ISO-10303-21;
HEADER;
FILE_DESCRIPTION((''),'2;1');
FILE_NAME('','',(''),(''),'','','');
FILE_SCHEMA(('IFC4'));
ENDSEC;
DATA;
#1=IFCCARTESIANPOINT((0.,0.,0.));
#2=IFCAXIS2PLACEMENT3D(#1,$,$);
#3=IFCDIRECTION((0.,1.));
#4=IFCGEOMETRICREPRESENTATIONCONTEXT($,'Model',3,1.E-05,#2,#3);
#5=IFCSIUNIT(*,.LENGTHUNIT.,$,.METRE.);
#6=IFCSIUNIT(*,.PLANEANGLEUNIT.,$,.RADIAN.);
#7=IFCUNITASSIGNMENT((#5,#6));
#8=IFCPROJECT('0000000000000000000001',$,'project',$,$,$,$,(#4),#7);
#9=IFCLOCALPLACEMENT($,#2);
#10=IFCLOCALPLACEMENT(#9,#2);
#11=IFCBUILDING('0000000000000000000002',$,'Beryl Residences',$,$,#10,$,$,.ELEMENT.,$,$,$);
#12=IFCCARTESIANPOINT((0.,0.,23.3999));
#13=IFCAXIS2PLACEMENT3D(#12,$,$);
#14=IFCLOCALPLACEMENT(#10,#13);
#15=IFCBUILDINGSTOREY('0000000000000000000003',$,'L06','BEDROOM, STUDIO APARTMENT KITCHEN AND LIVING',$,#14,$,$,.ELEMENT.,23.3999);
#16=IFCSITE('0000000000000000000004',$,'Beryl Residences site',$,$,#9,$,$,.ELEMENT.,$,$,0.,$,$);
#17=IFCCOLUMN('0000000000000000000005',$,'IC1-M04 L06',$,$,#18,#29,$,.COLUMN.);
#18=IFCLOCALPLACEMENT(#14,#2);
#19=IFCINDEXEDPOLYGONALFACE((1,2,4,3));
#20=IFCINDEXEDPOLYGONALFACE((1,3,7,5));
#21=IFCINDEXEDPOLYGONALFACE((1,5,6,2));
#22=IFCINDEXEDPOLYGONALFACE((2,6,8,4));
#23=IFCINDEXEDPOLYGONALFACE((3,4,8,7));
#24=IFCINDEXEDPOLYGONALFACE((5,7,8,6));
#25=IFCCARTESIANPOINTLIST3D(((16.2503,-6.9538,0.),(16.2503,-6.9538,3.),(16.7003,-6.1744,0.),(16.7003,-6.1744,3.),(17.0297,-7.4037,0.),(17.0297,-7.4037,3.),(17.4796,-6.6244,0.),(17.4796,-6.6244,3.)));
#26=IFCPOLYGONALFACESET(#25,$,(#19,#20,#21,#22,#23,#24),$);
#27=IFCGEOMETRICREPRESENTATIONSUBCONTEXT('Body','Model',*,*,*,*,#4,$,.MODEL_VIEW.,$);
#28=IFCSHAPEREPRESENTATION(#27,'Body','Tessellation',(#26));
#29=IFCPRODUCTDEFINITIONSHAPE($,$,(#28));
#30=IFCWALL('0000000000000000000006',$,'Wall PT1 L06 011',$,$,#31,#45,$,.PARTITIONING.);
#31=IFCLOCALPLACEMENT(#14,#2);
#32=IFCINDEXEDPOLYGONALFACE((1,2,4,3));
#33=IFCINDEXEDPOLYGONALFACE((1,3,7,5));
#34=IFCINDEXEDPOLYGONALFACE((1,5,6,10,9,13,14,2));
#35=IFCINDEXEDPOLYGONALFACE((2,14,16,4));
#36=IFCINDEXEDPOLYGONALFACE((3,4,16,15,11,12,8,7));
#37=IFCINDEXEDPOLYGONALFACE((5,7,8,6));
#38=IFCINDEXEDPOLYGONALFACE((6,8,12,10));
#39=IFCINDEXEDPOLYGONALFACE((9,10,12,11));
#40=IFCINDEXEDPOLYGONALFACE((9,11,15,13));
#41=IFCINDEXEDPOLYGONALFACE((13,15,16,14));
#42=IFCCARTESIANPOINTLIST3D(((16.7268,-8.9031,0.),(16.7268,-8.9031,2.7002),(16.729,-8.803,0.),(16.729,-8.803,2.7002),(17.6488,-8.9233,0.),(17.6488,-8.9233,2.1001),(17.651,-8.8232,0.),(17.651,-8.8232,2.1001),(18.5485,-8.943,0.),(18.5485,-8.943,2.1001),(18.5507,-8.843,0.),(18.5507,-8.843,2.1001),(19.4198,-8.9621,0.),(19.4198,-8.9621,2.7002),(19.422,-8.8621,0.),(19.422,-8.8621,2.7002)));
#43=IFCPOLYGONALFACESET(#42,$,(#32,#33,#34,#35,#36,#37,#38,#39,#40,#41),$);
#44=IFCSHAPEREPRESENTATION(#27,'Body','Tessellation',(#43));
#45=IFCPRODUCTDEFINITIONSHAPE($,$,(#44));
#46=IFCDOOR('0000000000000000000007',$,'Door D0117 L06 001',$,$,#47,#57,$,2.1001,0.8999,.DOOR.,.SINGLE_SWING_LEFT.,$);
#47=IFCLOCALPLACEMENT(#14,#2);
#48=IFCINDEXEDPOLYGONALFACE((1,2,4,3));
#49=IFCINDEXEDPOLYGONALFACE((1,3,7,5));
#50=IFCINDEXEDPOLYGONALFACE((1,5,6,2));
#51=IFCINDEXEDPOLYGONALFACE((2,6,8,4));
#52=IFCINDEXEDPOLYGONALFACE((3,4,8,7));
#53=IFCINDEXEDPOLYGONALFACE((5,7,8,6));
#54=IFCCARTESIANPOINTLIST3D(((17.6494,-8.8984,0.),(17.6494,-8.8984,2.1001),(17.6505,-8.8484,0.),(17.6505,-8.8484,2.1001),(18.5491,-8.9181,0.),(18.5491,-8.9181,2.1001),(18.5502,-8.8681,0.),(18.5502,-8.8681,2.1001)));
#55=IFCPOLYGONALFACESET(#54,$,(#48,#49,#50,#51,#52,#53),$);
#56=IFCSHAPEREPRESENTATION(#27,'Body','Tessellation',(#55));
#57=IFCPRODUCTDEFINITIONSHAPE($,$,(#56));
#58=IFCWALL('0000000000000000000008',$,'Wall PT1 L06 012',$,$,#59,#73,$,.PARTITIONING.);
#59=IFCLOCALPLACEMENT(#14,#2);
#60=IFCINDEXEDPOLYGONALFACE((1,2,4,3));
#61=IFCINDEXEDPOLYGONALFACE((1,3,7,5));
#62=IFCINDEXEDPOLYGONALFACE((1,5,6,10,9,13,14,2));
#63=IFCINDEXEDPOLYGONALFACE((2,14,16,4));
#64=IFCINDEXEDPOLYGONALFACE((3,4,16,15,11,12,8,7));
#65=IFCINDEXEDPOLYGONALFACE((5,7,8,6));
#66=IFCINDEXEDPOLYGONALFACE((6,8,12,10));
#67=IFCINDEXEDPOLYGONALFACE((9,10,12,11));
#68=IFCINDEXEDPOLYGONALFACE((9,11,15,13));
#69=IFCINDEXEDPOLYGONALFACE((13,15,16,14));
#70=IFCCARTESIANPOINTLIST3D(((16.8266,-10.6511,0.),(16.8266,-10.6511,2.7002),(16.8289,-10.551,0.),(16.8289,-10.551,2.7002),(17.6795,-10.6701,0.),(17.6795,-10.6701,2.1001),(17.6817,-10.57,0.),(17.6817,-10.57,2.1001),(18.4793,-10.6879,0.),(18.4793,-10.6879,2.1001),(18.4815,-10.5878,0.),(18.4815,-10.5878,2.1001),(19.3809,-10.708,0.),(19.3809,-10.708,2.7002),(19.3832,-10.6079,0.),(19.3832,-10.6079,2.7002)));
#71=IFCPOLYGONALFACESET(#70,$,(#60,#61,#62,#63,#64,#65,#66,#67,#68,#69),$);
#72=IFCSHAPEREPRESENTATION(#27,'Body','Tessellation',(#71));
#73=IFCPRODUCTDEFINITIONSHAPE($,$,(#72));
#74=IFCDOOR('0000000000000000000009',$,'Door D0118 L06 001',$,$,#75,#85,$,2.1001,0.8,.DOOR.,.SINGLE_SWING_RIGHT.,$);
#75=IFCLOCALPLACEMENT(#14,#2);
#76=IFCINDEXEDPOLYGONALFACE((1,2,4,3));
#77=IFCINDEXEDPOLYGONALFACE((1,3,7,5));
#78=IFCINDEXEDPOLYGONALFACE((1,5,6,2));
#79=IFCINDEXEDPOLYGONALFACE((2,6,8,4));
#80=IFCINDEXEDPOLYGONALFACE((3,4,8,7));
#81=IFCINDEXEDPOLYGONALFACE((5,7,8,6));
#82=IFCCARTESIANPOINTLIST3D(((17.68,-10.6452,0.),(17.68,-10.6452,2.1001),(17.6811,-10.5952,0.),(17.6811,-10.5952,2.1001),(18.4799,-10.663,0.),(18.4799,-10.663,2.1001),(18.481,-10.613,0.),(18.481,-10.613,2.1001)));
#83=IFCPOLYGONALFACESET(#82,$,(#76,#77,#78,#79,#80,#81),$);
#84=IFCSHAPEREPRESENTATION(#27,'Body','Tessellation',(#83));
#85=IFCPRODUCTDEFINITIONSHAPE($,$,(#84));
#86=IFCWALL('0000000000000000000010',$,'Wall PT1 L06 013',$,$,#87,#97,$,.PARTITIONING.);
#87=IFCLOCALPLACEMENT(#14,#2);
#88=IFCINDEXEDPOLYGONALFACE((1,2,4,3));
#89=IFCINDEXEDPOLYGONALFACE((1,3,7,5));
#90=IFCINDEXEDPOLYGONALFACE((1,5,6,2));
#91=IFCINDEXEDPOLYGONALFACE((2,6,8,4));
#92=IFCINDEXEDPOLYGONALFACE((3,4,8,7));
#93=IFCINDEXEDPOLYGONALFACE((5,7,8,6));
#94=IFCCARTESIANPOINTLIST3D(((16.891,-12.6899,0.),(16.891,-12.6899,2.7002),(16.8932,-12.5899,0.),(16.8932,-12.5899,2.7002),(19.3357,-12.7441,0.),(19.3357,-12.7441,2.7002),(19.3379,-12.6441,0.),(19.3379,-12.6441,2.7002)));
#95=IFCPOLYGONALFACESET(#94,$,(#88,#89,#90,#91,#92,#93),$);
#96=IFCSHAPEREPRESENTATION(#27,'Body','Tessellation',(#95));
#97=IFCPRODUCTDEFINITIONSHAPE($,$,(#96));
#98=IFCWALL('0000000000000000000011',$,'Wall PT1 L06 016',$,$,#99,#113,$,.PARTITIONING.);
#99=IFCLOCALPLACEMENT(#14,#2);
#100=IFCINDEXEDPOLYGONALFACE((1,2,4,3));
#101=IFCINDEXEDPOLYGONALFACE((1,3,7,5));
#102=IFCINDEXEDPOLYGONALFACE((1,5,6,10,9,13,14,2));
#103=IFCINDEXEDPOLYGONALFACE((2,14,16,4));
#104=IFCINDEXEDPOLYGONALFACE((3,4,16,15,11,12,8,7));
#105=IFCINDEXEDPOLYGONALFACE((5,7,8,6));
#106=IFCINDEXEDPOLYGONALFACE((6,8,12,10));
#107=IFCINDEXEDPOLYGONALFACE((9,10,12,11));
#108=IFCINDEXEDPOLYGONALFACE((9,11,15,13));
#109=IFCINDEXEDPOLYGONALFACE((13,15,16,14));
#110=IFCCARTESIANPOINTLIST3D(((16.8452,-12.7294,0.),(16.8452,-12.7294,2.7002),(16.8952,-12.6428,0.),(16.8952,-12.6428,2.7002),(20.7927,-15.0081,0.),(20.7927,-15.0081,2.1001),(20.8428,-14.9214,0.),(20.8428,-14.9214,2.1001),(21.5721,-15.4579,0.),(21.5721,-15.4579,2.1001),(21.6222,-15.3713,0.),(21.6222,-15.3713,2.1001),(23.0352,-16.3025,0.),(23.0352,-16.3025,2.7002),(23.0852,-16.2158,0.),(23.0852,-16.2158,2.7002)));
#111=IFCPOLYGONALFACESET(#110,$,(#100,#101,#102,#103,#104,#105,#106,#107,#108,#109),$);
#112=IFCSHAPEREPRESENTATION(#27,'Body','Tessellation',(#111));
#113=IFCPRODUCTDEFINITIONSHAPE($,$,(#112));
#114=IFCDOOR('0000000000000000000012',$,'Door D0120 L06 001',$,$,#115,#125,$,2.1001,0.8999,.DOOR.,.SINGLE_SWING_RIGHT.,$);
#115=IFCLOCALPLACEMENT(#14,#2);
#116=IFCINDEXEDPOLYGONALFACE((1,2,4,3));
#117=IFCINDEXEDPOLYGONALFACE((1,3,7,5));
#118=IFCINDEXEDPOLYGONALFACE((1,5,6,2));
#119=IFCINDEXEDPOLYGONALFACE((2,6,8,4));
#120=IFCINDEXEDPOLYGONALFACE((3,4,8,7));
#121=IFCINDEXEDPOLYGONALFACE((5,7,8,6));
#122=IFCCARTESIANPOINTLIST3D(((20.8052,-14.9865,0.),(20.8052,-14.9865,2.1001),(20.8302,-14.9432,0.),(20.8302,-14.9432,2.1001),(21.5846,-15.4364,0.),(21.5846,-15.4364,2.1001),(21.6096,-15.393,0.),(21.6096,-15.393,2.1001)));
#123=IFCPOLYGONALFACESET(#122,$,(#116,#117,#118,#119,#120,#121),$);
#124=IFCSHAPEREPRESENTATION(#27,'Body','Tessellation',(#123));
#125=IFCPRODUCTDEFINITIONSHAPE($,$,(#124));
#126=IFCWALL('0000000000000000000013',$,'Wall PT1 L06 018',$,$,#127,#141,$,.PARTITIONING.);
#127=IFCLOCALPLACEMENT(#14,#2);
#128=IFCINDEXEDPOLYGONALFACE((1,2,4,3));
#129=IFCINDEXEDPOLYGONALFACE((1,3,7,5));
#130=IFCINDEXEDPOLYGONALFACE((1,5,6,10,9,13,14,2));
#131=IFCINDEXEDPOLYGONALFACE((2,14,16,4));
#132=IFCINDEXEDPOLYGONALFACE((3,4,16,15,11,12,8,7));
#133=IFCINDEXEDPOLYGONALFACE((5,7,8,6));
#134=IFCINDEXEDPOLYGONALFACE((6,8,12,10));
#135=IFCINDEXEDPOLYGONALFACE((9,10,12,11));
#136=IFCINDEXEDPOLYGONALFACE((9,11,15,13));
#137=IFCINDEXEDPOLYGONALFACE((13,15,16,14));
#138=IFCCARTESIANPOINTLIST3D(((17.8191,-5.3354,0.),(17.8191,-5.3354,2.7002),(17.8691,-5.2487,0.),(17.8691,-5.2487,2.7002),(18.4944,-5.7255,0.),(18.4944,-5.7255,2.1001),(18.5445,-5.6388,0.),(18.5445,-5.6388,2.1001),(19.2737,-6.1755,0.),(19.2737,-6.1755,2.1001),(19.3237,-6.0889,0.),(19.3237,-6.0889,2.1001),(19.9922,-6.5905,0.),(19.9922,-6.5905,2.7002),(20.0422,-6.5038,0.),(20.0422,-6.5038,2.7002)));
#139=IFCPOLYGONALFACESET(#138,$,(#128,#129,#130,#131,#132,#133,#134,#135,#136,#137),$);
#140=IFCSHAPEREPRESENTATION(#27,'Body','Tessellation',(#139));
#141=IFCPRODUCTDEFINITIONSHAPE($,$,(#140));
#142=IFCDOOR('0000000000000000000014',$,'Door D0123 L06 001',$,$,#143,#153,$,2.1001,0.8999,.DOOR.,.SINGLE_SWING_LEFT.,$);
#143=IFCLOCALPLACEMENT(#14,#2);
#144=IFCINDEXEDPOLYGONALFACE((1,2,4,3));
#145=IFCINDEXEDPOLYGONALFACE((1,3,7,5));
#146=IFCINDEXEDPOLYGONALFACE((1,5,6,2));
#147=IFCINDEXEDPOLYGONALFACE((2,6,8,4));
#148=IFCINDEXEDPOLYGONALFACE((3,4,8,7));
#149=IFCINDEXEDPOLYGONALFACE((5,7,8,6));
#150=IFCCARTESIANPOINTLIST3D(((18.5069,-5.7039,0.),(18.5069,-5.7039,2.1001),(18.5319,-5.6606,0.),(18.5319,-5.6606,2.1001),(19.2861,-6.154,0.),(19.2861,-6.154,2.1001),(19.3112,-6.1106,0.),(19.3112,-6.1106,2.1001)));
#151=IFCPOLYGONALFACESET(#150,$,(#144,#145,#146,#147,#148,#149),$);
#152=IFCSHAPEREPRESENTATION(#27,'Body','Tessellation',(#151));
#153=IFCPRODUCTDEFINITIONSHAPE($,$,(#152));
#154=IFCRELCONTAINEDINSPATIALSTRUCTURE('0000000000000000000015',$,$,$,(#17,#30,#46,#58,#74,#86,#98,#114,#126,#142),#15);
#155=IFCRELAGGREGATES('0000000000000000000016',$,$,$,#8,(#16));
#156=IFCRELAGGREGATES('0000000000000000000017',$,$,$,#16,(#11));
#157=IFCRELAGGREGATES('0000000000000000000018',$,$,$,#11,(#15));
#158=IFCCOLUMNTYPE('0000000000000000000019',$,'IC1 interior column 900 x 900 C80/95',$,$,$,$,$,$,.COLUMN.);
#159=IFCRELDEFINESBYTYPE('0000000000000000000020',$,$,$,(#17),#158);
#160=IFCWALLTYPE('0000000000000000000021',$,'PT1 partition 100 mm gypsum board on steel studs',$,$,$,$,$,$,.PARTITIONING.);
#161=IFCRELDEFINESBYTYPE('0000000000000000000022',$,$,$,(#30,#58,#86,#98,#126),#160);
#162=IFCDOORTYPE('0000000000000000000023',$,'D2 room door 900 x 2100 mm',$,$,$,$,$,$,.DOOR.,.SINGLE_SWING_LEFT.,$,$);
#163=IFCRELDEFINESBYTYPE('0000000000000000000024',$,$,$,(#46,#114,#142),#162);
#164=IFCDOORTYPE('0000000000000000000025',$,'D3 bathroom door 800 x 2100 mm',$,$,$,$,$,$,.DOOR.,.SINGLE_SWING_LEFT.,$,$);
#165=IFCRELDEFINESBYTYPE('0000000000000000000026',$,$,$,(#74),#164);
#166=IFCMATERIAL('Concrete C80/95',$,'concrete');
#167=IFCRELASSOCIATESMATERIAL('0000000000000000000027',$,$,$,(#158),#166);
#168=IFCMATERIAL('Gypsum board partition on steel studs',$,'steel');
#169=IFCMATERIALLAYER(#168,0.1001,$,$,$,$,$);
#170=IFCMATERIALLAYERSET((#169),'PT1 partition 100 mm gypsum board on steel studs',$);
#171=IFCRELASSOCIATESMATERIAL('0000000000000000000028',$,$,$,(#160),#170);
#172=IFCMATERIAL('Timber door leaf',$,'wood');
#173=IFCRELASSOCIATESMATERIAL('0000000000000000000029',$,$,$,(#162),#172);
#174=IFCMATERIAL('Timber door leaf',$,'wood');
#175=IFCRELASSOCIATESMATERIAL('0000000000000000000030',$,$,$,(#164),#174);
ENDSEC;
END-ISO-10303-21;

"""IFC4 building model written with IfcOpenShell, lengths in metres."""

from ifc_helpers import new_model, si_unit, direction, frame, frame_2d, origin, origin_2d, place, context, subcontext, project, spatial, rectangle, extrude, material, layer, layer_set, material_profile, profile_set, type_object, element, fill, save


model = new_model("IFC4")

# Units and contexts
model_context = context("Model", 3, precision=1e-05, world=origin(), true_north=direction((0.0, 1.0)))
body_context = subcontext(model_context, "Body", "Model", "MODEL_VIEW")
ifc_project = project(units=[si_unit("LENGTHUNIT", "METRE"), si_unit("PLANEANGLEUNIT", "RADIAN")], contexts=[model_context])

# Site, building, storey
site_placement = place(None, origin())
site = spatial("IfcSite", under=ifc_project, at=site_placement, Name="Beryl Residences site", CompositionType="ELEMENT", RefElevation=0.0)
building_placement = place(site_placement, origin())
building = spatial("IfcBuilding", under=site, at=building_placement, Name="Beryl Residences", CompositionType="ELEMENT")
storey_placement = place(building_placement, frame((0.0, 0.0, 23.3999)))
storey = spatial("IfcBuildingStorey", under=building, at=storey_placement, Name="L06", Description="BEDROOM, STUDIO APARTMENT KITCHEN AND LIVING", CompositionType="ELEMENT", Elevation=23.3999)

# Column
ifc_material_1 = material(Name="Concrete C80/95", Category="concrete")
ifc_material_profile = material_profile(ifc_material_1, rectangle(XDim=0.8999, YDim=0.8999, at=origin_2d()))
ifc_profile_set = profile_set([ifc_material_profile], Name="Concrete C80/95")
column_type = type_object("IfcColumnType", Name="IC1 interior column 900 x 900 C80/95", PredefinedType="COLUMN", material=ifc_profile_set)
column_placement = place(storey_placement, frame((16.865, -6.7891, 0.0), z_axis=(0.0, 0.0, 1.0), x_axis=(0.499985, 0.866034, 0.0)))
element("IfcColumn", 1, at=column_placement, inside=storey, type_object=column_type, Name="IC1-M04 L06", PredefinedType="COLUMN", context=body_context, shape_type="SweptSolid", body=[
    extrude(rectangle(XDim=0.8999, YDim=0.8999, at=origin_2d()), origin(), (0.0, 0.0, 1.0), 3.0),
])

# Walls, openings, doors
ifc_material_2 = material(Name="Gypsum board partition on steel studs", Category="steel")
ifc_layer_1 = layer(ifc_material_2, 0.1001)
ifc_layer_set_1 = layer_set([ifc_layer_1], Name="PT1 partition 100 mm gypsum board on steel studs")
wall_type_1 = type_object("IfcWallType", Name="PT1 partition 100 mm gypsum board on steel studs", PredefinedType="PARTITIONING", material=ifc_layer_set_1)
wall_1_placement = place(storey_placement, frame((16.728, -8.853, 0.0), z_axis=(0.0, 0.0, 1.0), x_axis=(0.999759, -0.021935, 0.0)))
wall_1 = element("IfcWall", 2, at=wall_1_placement, inside=storey, type_object=wall_type_1, Name="Wall PT1 L06 011", PredefinedType="PARTITIONING", context=body_context, shape_type="SweptSolid", body=[
    extrude(rectangle(XDim=2.6936, YDim=0.1001, at=frame_2d((1.3467, 0.0))), origin(), (0.0, 0.0, 1.0), 2.7002),
])
opening_1_placement = place(wall_1_placement, frame((0.9221, 0.0, 0.0)))
opening_1 = element("IfcOpeningElement", 3, at=opening_1_placement, cuts=wall_1, PredefinedType="OPENING", context=body_context, shape_type="SweptSolid", body=[
    extrude(rectangle(XDim=0.8999, YDim=2.1001, at=frame_2d((0.45, 1.05))), frame((0.0, 0.0601, 0.0), z_axis=(0.0, -1.0, 0.0), x_axis=(1.0, 0.0, 0.0)), (0.0, 0.0, 1.0), 0.1201),
])
ifc_material_3 = material(Name="Timber door leaf", Category="wood")
door_type_1 = type_object("IfcDoorType", Name="D2 room door 900 x 2100 mm", OperationType="SINGLE_SWING_LEFT", PredefinedType="DOOR", material=ifc_material_3)
door_1_placement = place(opening_1_placement, origin())
door_1 = element("IfcDoor", 4, at=door_1_placement, inside=storey, type_object=door_type_1, Name="Door D0117 L06 001", OperationType="SINGLE_SWING_LEFT", OverallHeight=2.1001, OverallWidth=0.8999, PredefinedType="DOOR", context=body_context, shape_type="SweptSolid", body=[
    extrude(rectangle(XDim=0.8999, YDim=2.1001, at=frame_2d((0.45, 1.05))), frame((0.0, 0.0249, 0.0), z_axis=(0.0, -1.0, 0.0), x_axis=(1.0, 0.0, 0.0)), (0.0, 0.0, 1.0), 0.05),
])
fill(opening_1, door_1)
wall_2_placement = place(storey_placement, frame((16.8279, -10.6011, 0.0), z_axis=(0.0, 0.0, 1.0), x_axis=(0.999752, -0.022266, 0.0)))
wall_2 = element("IfcWall", 5, at=wall_2_placement, inside=storey, type_object=wall_type_1, Name="Wall PT1 L06 012", PredefinedType="PARTITIONING", context=body_context, shape_type="SweptSolid", body=[
    extrude(rectangle(XDim=2.5549, YDim=0.1001, at=frame_2d((1.2773, 0.0))), origin(), (0.0, 0.0, 1.0), 2.7002),
])
opening_2_placement = place(wall_2_placement, frame((0.853, 0.0, 0.0)))
opening_2 = element("IfcOpeningElement", 6, at=opening_2_placement, cuts=wall_2, PredefinedType="OPENING", context=body_context, shape_type="SweptSolid", body=[
    extrude(rectangle(XDim=0.8, YDim=2.1001, at=frame_2d((0.3999, 1.05))), frame((0.0, 0.0601, 0.0), z_axis=(0.0, -1.0, 0.0), x_axis=(1.0, 0.0, 0.0)), (0.0, 0.0, 1.0), 0.1201),
])
ifc_material_4 = material(Name="Timber door leaf", Category="wood")
door_type_2 = type_object("IfcDoorType", Name="D3 bathroom door 800 x 2100 mm", OperationType="SINGLE_SWING_LEFT", PredefinedType="DOOR", material=ifc_material_4)
door_2_placement = place(opening_2_placement, origin())
door_2 = element("IfcDoor", 7, at=door_2_placement, inside=storey, type_object=door_type_2, Name="Door D0118 L06 001", OperationType="SINGLE_SWING_RIGHT", OverallHeight=2.1001, OverallWidth=0.8, PredefinedType="DOOR", context=body_context, shape_type="SweptSolid", body=[
    extrude(rectangle(XDim=0.8, YDim=2.1001, at=frame_2d((0.3999, 1.05))), frame((0.0, 0.0249, 0.0), z_axis=(0.0, -1.0, 0.0), x_axis=(1.0, 0.0, 0.0)), (0.0, 0.0, 1.0), 0.05),
])
fill(opening_2, door_2)

# Wall
wall_3_placement = place(storey_placement, frame((16.8921, -12.6399, 0.0), z_axis=(0.0, 0.0, 1.0), x_axis=(0.999754, -0.022164, 0.0)))
element("IfcWall", 8, at=wall_3_placement, inside=storey, type_object=wall_type_1, Name="Wall PT1 L06 013", PredefinedType="PARTITIONING", context=body_context, shape_type="SweptSolid", body=[
    extrude(rectangle(XDim=2.4453, YDim=0.1001, at=frame_2d((1.2227, 0.0))), origin(), (0.0, 0.0, 1.0), 2.7002),
])

# Walls, openings, doors
wall_4_placement = place(storey_placement, frame((16.8701, -12.686, 0.0), z_axis=(0.0, 0.0, 1.0), x_axis=(0.866072, -0.49992, 0.0)))
wall_4 = element("IfcWall", 9, at=wall_4_placement, inside=storey, type_object=wall_type_1, Name="Wall PT1 L06 016", PredefinedType="PARTITIONING", context=body_context, shape_type="SweptSolid", body=[
    extrude(rectangle(XDim=7.1472, YDim=0.1001, at=frame_2d((3.5737, 0.0))), origin(), (0.0, 0.0, 1.0), 2.7002),
])
opening_3_placement = place(wall_4_placement, frame((4.5581, 0.0, 0.0)))
opening_3 = element("IfcOpeningElement", 10, at=opening_3_placement, cuts=wall_4, PredefinedType="OPENING", context=body_context, shape_type="SweptSolid", body=[
    extrude(rectangle(XDim=0.8999, YDim=2.1001, at=frame_2d((0.45, 1.05))), frame((0.0, 0.0601, 0.0), z_axis=(0.0, -1.0, 0.0), x_axis=(1.0, 0.0, 0.0)), (0.0, 0.0, 1.0), 0.1201),
])
door_3_placement = place(opening_3_placement, origin())
door_3 = element("IfcDoor", 11, at=door_3_placement, inside=storey, type_object=door_type_1, Name="Door D0120 L06 001", OperationType="SINGLE_SWING_RIGHT", OverallHeight=2.1001, OverallWidth=0.8999, PredefinedType="DOOR", context=body_context, shape_type="SweptSolid", body=[
    extrude(rectangle(XDim=0.8999, YDim=2.1001, at=frame_2d((0.45, 1.05))), frame((0.0, 0.0249, 0.0), z_axis=(0.0, -1.0, 0.0), x_axis=(1.0, 0.0, 0.0)), (0.0, 0.0, 1.0), 0.05),
])
fill(opening_3, door_3)
wall_5_placement = place(storey_placement, frame((17.844, -5.292, 0.0), z_axis=(0.0, 0.0, 1.0), x_axis=(0.865941, -0.500146, 0.0)))
wall_5 = element("IfcWall", 12, at=wall_5_placement, inside=storey, type_object=wall_type_1, Name="Wall PT1 L06 018", PredefinedType="PARTITIONING", context=body_context, shape_type="SweptSolid", body=[
    extrude(rectangle(XDim=2.5095, YDim=0.1001, at=frame_2d((1.2549, 0.0))), origin(), (0.0, 0.0, 1.0), 2.7002),
])
opening_4_placement = place(wall_5_placement, frame((0.78, 0.0, 0.0)))
opening_4 = element("IfcOpeningElement", 13, at=opening_4_placement, cuts=wall_5, PredefinedType="OPENING", context=body_context, shape_type="SweptSolid", body=[
    extrude(rectangle(XDim=0.8999, YDim=2.1001, at=frame_2d((0.45, 1.05))), frame((0.0, 0.0601, 0.0), z_axis=(0.0, -1.0, 0.0), x_axis=(1.0, 0.0, 0.0)), (0.0, 0.0, 1.0), 0.1201),
])
door_4_placement = place(opening_4_placement, origin())
door_4 = element("IfcDoor", 14, at=door_4_placement, inside=storey, type_object=door_type_1, Name="Door D0123 L06 001", OperationType="SINGLE_SWING_LEFT", OverallHeight=2.1001, OverallWidth=0.8999, PredefinedType="DOOR", context=body_context, shape_type="SweptSolid", body=[
    extrude(rectangle(XDim=0.8999, YDim=2.1001, at=frame_2d((0.45, 1.05))), frame((0.0, 0.0249, 0.0), z_axis=(0.0, -1.0, 0.0), x_axis=(1.0, 0.0, 0.0)), (0.0, 0.0, 1.0), 0.05),
])
fill(opening_4, door_4)

save(model, "model.ifc")
